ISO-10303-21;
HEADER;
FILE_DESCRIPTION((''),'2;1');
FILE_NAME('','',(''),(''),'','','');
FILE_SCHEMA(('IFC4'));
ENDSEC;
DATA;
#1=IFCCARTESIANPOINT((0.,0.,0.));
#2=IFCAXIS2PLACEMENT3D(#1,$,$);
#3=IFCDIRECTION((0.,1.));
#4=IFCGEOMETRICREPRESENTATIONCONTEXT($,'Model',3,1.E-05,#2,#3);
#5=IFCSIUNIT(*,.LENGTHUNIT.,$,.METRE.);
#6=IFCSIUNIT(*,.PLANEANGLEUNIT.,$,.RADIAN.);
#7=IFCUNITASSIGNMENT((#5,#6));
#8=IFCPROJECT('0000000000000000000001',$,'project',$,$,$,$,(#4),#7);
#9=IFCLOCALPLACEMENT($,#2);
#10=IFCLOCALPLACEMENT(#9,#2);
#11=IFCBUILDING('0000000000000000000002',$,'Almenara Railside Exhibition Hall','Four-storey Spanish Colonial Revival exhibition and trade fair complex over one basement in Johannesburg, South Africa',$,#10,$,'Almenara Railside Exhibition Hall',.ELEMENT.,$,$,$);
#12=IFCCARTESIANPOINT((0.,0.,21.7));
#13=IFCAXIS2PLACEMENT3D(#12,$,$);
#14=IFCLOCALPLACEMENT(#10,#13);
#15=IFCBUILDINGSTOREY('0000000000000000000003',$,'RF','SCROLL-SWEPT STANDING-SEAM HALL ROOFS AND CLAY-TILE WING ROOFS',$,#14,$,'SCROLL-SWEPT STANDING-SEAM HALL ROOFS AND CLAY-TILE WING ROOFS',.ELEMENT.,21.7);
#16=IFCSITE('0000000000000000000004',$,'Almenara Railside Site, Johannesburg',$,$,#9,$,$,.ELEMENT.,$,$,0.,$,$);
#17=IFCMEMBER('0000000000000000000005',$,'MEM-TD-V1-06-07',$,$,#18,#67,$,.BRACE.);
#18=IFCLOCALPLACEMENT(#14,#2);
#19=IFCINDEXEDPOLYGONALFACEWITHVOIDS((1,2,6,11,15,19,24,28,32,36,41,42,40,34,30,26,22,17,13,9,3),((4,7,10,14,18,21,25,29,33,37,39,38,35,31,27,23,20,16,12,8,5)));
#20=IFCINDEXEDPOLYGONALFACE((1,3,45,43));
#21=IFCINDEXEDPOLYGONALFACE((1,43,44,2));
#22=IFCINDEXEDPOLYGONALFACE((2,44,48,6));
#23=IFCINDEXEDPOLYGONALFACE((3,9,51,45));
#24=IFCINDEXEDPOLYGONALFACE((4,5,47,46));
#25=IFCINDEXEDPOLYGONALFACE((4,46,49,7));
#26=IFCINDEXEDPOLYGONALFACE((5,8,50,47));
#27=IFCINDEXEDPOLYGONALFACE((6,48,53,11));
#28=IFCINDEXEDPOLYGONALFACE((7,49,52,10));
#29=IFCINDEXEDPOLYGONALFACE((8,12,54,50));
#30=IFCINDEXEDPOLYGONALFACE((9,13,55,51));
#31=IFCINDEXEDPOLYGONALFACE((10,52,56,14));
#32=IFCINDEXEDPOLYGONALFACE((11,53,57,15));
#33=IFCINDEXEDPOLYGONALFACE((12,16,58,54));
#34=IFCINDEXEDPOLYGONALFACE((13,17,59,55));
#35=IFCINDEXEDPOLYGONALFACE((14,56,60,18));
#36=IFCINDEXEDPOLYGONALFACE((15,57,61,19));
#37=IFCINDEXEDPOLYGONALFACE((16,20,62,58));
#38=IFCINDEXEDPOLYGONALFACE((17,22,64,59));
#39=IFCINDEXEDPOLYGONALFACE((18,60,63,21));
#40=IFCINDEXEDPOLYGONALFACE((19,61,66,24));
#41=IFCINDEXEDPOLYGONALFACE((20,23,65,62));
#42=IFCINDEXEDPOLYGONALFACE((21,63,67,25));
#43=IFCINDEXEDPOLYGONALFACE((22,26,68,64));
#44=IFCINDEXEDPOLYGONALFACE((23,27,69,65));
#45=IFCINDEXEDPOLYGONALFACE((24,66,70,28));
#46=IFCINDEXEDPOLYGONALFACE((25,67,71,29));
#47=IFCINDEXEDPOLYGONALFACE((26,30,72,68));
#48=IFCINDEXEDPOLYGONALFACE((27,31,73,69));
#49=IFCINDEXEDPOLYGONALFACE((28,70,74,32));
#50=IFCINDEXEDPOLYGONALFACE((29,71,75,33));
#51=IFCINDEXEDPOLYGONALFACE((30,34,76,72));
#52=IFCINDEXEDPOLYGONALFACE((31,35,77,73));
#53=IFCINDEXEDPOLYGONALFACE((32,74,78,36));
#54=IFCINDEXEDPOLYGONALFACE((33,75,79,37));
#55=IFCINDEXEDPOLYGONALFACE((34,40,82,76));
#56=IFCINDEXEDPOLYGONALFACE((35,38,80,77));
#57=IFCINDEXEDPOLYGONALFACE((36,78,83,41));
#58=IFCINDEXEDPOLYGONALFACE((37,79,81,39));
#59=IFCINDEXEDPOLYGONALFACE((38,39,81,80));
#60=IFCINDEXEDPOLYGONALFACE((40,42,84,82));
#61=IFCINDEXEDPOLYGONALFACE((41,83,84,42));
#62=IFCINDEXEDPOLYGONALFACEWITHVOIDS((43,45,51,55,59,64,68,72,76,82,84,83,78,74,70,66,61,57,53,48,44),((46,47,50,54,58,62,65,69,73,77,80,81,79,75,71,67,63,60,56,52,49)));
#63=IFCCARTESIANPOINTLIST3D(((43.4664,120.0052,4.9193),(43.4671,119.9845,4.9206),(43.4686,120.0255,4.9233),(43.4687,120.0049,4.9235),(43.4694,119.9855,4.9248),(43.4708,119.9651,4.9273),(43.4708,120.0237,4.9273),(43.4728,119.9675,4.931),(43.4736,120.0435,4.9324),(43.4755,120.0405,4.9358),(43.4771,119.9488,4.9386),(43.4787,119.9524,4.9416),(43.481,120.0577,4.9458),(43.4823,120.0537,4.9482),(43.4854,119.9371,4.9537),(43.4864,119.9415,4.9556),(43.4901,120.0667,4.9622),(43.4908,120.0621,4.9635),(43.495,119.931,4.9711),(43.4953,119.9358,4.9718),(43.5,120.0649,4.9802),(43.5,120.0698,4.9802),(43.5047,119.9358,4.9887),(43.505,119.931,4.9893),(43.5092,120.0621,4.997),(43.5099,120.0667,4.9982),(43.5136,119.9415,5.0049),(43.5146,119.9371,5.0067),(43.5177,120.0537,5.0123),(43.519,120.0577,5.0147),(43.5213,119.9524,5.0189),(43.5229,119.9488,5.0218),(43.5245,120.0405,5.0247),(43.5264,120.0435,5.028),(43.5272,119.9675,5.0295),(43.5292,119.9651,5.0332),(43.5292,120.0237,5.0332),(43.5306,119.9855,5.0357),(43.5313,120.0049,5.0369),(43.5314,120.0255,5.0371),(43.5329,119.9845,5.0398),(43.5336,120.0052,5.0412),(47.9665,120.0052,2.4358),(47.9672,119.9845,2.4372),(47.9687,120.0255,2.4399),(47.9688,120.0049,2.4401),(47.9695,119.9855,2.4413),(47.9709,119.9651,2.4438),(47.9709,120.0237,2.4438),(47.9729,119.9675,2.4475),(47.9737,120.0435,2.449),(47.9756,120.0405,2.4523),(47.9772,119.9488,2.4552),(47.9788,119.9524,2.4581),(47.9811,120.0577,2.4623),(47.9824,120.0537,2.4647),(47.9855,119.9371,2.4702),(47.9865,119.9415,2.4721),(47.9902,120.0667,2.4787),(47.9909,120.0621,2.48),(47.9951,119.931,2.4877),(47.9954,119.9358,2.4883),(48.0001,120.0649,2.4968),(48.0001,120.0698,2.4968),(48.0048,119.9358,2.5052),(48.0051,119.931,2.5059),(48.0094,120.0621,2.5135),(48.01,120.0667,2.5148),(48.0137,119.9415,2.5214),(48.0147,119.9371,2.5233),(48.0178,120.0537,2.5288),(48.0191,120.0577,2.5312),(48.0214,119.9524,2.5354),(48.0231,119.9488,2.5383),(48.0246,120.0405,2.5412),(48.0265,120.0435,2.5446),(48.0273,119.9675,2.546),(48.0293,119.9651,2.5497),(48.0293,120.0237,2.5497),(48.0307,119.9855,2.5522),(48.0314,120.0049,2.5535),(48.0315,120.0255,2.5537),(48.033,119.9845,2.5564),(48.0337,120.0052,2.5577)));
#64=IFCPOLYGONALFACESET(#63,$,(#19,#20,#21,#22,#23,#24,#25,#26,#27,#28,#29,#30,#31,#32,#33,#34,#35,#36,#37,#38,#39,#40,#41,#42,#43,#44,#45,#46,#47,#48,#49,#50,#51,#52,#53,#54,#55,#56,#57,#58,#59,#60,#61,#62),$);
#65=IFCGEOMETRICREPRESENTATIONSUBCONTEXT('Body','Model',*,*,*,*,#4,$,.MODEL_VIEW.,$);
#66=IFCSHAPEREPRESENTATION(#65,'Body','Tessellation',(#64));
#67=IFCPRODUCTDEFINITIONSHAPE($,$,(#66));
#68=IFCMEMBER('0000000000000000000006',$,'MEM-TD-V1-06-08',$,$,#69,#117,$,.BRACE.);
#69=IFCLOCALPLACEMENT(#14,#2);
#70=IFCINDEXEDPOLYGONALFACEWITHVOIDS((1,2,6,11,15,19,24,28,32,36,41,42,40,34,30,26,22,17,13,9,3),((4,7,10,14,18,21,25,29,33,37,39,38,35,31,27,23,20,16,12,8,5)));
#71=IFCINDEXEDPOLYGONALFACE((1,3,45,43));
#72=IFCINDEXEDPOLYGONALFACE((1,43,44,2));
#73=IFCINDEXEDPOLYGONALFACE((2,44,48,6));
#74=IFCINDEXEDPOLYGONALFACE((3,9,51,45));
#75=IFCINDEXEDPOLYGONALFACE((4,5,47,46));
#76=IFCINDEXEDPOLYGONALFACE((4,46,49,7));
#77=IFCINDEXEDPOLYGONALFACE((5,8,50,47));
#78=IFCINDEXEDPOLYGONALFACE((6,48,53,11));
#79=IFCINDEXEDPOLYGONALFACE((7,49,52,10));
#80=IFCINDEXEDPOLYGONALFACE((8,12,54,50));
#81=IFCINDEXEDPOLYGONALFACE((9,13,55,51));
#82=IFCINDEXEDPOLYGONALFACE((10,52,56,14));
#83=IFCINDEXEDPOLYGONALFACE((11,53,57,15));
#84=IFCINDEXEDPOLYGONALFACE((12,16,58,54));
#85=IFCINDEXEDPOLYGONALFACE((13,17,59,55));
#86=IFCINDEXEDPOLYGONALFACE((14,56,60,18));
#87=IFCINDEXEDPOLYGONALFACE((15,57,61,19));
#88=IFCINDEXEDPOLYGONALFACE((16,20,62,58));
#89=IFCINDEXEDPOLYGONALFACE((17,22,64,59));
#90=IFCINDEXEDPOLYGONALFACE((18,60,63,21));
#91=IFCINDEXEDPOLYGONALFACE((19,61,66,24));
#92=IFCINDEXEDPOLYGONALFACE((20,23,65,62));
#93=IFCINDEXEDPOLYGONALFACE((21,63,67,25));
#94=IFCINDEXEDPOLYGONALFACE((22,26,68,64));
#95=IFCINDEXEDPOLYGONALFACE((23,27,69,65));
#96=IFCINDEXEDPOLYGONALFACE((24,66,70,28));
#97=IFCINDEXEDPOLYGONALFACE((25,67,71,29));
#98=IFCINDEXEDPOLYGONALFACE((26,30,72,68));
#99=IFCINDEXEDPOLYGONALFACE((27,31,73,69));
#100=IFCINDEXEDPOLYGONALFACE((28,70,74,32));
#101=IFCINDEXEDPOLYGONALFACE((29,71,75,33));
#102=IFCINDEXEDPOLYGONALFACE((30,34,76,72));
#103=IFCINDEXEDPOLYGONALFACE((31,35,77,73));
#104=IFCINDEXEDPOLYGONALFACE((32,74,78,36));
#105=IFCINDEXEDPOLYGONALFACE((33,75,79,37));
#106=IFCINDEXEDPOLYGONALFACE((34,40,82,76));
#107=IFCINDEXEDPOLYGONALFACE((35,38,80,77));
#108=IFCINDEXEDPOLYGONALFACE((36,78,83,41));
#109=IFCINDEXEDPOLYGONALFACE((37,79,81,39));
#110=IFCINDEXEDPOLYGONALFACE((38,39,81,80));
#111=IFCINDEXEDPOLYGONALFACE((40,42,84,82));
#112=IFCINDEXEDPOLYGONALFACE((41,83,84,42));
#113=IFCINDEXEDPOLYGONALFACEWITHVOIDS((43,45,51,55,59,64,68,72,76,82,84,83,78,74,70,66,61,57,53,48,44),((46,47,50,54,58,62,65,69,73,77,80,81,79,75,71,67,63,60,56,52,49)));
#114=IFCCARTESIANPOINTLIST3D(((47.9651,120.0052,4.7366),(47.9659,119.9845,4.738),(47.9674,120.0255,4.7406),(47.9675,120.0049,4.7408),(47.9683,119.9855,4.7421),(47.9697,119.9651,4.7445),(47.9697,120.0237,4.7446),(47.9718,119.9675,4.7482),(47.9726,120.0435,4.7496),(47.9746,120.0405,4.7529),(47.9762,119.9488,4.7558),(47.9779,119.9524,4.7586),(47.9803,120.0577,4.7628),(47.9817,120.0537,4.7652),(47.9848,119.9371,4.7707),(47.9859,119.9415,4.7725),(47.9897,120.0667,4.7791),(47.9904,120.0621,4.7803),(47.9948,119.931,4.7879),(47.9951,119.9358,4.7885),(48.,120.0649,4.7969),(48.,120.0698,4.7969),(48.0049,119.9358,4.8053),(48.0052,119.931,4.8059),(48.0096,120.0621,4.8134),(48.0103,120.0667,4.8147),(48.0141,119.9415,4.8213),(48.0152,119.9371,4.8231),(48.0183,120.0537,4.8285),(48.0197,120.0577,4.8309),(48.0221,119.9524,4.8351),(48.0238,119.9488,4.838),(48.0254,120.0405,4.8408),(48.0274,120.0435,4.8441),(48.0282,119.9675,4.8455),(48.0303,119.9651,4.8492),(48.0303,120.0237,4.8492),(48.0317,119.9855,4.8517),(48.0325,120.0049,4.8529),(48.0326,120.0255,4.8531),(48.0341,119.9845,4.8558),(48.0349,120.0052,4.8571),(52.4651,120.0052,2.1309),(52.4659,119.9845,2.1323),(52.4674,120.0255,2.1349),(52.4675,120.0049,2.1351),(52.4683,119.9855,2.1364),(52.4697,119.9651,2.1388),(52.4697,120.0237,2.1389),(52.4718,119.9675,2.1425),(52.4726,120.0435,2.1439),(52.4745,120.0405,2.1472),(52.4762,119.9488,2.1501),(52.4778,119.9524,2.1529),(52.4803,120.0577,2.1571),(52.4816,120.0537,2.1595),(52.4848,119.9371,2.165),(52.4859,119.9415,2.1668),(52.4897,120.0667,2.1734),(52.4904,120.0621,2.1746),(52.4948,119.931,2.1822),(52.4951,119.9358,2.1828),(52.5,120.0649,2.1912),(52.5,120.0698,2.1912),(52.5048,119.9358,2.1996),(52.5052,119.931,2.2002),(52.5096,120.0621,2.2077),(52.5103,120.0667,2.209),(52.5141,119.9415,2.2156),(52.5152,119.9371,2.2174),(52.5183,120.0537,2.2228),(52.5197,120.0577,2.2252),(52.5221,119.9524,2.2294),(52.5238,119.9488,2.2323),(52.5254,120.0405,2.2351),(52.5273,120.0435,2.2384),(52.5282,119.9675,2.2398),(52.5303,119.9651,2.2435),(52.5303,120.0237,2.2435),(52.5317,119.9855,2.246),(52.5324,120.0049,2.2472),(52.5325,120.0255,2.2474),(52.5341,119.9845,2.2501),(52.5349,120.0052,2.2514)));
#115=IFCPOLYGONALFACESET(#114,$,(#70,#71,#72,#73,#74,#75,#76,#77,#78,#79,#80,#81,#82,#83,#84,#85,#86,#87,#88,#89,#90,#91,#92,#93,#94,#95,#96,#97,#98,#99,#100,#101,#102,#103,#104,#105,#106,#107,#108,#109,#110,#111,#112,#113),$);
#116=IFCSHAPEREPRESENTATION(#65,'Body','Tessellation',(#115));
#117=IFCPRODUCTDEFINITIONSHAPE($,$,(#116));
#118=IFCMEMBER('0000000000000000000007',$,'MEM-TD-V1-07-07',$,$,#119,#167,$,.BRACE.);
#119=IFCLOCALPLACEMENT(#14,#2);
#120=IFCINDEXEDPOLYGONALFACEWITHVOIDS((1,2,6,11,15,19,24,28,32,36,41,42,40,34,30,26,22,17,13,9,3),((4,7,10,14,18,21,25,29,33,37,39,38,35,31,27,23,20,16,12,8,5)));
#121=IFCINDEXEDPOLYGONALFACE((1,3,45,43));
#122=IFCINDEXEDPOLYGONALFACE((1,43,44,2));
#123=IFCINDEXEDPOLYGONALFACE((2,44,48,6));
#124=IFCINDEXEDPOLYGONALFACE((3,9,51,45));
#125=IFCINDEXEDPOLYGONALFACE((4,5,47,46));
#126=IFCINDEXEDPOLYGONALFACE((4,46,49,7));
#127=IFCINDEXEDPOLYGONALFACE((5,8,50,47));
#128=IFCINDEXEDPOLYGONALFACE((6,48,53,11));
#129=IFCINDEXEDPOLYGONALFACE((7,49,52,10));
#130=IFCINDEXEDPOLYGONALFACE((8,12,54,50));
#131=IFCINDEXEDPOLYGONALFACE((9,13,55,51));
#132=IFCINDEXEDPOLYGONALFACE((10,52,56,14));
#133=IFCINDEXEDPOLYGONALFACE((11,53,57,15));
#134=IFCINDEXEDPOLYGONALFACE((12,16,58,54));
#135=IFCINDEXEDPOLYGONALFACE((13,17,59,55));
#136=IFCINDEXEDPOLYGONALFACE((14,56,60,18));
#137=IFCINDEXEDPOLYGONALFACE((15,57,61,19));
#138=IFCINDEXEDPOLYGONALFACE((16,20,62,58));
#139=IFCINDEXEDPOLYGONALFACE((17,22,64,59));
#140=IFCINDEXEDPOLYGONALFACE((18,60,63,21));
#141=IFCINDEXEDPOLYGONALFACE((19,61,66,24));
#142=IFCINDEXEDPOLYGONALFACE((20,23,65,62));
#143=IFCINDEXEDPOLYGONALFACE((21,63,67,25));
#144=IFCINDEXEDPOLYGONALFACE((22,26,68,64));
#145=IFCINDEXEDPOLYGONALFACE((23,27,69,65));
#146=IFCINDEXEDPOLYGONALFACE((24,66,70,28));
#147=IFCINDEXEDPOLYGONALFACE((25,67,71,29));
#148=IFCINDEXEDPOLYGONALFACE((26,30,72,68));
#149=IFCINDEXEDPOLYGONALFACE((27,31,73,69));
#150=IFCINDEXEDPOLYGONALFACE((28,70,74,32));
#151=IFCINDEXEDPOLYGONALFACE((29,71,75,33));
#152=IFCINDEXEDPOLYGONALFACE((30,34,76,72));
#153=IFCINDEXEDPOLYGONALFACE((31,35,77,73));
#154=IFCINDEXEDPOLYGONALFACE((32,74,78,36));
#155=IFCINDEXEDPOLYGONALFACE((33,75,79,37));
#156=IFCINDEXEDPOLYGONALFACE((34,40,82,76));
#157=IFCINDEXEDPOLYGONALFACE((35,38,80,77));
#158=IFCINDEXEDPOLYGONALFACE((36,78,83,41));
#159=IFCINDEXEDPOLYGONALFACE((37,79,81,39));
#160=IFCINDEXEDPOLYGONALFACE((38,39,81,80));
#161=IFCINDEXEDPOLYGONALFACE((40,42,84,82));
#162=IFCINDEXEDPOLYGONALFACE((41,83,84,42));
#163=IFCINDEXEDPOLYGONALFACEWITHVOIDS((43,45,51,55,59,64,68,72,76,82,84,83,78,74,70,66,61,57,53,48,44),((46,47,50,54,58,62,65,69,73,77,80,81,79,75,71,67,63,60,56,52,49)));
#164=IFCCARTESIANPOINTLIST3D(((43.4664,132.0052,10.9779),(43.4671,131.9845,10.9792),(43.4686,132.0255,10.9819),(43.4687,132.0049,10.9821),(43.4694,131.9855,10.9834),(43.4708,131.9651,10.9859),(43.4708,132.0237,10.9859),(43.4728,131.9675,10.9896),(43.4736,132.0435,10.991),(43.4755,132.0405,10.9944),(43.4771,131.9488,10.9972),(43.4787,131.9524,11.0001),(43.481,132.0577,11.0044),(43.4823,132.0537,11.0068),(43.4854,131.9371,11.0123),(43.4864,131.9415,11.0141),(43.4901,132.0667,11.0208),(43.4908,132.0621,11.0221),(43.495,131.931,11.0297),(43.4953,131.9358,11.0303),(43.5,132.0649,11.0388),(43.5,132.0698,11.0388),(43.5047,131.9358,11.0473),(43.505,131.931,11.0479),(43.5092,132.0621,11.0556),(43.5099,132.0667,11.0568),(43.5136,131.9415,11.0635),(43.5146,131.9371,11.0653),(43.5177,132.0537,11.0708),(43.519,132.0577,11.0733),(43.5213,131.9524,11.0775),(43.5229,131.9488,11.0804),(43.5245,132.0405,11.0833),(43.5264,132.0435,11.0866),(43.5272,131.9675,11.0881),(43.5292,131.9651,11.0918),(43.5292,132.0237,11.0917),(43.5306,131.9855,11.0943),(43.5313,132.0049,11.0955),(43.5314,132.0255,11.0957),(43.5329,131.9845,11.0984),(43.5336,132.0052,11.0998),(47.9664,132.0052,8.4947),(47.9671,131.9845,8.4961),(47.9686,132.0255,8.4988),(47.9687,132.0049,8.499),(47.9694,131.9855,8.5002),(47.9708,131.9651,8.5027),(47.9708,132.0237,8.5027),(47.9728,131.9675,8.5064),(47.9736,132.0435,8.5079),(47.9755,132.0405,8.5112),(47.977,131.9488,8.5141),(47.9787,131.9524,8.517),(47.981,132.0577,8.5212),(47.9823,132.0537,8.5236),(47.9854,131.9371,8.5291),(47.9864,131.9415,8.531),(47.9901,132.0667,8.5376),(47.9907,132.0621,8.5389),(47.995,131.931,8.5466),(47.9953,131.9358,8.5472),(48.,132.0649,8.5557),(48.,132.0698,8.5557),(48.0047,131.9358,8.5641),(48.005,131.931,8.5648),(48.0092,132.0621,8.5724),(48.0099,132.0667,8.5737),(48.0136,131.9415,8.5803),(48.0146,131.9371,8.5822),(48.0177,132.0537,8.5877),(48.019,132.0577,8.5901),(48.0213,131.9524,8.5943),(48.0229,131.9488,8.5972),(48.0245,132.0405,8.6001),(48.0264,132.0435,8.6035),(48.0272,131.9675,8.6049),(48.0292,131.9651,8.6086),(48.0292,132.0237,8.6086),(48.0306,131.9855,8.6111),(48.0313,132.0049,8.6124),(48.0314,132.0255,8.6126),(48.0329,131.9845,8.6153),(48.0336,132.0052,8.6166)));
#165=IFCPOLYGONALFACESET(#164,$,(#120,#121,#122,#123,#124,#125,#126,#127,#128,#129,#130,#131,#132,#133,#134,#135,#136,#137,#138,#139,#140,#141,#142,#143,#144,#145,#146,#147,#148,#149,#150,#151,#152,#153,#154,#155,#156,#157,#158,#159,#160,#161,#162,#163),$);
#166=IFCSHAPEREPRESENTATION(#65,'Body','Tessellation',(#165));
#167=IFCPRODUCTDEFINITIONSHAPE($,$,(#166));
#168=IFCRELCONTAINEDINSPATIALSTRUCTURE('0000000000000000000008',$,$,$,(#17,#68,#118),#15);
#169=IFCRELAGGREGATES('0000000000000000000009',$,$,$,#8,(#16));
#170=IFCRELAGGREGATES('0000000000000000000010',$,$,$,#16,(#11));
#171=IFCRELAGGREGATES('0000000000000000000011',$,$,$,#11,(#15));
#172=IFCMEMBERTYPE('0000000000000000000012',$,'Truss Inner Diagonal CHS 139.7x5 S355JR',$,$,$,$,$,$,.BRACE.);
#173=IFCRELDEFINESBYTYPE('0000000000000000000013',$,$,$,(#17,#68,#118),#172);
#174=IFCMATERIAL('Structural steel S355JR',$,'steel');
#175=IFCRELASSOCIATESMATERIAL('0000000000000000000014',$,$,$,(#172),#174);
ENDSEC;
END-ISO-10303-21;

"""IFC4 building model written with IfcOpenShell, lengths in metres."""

from ifc_helpers import new_model, si_unit, direction, frame, origin, origin_2d, place, context, subcontext, project, spatial, hollow_circle, extrude, material, material_profile, profile_set, type_object, element, save


model = new_model("IFC4")

# Units and contexts
model_context = context("Model", 3, precision=1e-05, world=origin(), true_north=direction((0.0, 1.0)))
body_context = subcontext(model_context, "Body", "Model", "MODEL_VIEW")
ifc_project = project(units=[si_unit("LENGTHUNIT", "METRE"), si_unit("PLANEANGLEUNIT", "RADIAN")], contexts=[model_context])

# Site, building, storey
site_placement = place(None, origin())
site = spatial("IfcSite", under=ifc_project, at=site_placement, Name="Almenara Railside Site, Johannesburg", CompositionType="ELEMENT", RefElevation=0.0)
building_placement = place(site_placement, origin())
building = spatial("IfcBuilding", under=site, at=building_placement, Name="Almenara Railside Exhibition Hall", Description="Four-storey Spanish Colonial Revival exhibition and trade fair complex over one basement in Johannesburg, South Africa", LongName="Almenara Railside Exhibition Hall", CompositionType="ELEMENT")
storey_placement = place(building_placement, frame((0.0, 0.0, 21.7)))
storey = spatial("IfcBuildingStorey", under=building, at=storey_placement, Name="RF", Description="SCROLL-SWEPT STANDING-SEAM HALL ROOFS AND CLAY-TILE WING ROOFS", LongName="SCROLL-SWEPT STANDING-SEAM HALL ROOFS AND CLAY-TILE WING ROOFS", CompositionType="ELEMENT", Elevation=21.7)

# Shared definitions
ifc_material_1 = material(Name="Structural steel S355JR", Category="steel")

# Members
ifc_material_profile_1 = material_profile(ifc_material_1, hollow_circle(Radius=0.0698, WallThickness=0.0049, at=origin_2d()), Name="CHS 139.7x5")
ifc_profile_set_1 = profile_set([ifc_material_profile_1], Name="Structural steel S355JR")
member_type_1 = type_object("IfcMemberType", Name="Truss Inner Diagonal CHS 139.7x5 S355JR", PredefinedType="BRACE", material=ifc_profile_set_1)
member_1_placement = place(storey_placement, frame((43.5, 120.0, 4.9802), z_axis=(0.875525, 0.0, -0.483173), x_axis=(0.0, 1.0, 0.0)))
element("IfcMember", 1, at=member_1_placement, inside=storey, type_object=member_type_1, Name="MEM-TD-V1-06-07", PredefinedType="BRACE", context=body_context, shape_type="SweptSolid", body=[
    extrude(hollow_circle(Radius=0.0698, WallThickness=0.0049, at=origin_2d()), origin(), (0.0, 0.0, 1.0), 5.1399),
])
member_2_placement = place(storey_placement, frame((48.0, 120.0, 4.7969), z_axis=(0.865389, 0.0, -0.501101), x_axis=(0.0, 1.0, 0.0)))
element("IfcMember", 2, at=member_2_placement, inside=storey, type_object=member_type_1, Name="MEM-TD-V1-06-08", PredefinedType="BRACE", context=body_context, shape_type="SweptSolid", body=[
    extrude(hollow_circle(Radius=0.0698, WallThickness=0.0049, at=origin_2d()), origin(), (0.0, 0.0, 1.0), 5.2),
])
member_3_placement = place(storey_placement, frame((43.5, 132.0, 11.0388), z_axis=(0.875545, 0.0, -0.483136), x_axis=(0.0, 1.0, 0.0)))
element("IfcMember", 3, at=member_3_placement, inside=storey, type_object=member_type_1, Name="MEM-TD-V1-07-07", PredefinedType="BRACE", context=body_context, shape_type="SweptSolid", body=[
    extrude(hollow_circle(Radius=0.0698, WallThickness=0.0049, at=origin_2d()), origin(), (0.0, 0.0, 1.0), 5.1396),
])

save(model, "model.ifc")
